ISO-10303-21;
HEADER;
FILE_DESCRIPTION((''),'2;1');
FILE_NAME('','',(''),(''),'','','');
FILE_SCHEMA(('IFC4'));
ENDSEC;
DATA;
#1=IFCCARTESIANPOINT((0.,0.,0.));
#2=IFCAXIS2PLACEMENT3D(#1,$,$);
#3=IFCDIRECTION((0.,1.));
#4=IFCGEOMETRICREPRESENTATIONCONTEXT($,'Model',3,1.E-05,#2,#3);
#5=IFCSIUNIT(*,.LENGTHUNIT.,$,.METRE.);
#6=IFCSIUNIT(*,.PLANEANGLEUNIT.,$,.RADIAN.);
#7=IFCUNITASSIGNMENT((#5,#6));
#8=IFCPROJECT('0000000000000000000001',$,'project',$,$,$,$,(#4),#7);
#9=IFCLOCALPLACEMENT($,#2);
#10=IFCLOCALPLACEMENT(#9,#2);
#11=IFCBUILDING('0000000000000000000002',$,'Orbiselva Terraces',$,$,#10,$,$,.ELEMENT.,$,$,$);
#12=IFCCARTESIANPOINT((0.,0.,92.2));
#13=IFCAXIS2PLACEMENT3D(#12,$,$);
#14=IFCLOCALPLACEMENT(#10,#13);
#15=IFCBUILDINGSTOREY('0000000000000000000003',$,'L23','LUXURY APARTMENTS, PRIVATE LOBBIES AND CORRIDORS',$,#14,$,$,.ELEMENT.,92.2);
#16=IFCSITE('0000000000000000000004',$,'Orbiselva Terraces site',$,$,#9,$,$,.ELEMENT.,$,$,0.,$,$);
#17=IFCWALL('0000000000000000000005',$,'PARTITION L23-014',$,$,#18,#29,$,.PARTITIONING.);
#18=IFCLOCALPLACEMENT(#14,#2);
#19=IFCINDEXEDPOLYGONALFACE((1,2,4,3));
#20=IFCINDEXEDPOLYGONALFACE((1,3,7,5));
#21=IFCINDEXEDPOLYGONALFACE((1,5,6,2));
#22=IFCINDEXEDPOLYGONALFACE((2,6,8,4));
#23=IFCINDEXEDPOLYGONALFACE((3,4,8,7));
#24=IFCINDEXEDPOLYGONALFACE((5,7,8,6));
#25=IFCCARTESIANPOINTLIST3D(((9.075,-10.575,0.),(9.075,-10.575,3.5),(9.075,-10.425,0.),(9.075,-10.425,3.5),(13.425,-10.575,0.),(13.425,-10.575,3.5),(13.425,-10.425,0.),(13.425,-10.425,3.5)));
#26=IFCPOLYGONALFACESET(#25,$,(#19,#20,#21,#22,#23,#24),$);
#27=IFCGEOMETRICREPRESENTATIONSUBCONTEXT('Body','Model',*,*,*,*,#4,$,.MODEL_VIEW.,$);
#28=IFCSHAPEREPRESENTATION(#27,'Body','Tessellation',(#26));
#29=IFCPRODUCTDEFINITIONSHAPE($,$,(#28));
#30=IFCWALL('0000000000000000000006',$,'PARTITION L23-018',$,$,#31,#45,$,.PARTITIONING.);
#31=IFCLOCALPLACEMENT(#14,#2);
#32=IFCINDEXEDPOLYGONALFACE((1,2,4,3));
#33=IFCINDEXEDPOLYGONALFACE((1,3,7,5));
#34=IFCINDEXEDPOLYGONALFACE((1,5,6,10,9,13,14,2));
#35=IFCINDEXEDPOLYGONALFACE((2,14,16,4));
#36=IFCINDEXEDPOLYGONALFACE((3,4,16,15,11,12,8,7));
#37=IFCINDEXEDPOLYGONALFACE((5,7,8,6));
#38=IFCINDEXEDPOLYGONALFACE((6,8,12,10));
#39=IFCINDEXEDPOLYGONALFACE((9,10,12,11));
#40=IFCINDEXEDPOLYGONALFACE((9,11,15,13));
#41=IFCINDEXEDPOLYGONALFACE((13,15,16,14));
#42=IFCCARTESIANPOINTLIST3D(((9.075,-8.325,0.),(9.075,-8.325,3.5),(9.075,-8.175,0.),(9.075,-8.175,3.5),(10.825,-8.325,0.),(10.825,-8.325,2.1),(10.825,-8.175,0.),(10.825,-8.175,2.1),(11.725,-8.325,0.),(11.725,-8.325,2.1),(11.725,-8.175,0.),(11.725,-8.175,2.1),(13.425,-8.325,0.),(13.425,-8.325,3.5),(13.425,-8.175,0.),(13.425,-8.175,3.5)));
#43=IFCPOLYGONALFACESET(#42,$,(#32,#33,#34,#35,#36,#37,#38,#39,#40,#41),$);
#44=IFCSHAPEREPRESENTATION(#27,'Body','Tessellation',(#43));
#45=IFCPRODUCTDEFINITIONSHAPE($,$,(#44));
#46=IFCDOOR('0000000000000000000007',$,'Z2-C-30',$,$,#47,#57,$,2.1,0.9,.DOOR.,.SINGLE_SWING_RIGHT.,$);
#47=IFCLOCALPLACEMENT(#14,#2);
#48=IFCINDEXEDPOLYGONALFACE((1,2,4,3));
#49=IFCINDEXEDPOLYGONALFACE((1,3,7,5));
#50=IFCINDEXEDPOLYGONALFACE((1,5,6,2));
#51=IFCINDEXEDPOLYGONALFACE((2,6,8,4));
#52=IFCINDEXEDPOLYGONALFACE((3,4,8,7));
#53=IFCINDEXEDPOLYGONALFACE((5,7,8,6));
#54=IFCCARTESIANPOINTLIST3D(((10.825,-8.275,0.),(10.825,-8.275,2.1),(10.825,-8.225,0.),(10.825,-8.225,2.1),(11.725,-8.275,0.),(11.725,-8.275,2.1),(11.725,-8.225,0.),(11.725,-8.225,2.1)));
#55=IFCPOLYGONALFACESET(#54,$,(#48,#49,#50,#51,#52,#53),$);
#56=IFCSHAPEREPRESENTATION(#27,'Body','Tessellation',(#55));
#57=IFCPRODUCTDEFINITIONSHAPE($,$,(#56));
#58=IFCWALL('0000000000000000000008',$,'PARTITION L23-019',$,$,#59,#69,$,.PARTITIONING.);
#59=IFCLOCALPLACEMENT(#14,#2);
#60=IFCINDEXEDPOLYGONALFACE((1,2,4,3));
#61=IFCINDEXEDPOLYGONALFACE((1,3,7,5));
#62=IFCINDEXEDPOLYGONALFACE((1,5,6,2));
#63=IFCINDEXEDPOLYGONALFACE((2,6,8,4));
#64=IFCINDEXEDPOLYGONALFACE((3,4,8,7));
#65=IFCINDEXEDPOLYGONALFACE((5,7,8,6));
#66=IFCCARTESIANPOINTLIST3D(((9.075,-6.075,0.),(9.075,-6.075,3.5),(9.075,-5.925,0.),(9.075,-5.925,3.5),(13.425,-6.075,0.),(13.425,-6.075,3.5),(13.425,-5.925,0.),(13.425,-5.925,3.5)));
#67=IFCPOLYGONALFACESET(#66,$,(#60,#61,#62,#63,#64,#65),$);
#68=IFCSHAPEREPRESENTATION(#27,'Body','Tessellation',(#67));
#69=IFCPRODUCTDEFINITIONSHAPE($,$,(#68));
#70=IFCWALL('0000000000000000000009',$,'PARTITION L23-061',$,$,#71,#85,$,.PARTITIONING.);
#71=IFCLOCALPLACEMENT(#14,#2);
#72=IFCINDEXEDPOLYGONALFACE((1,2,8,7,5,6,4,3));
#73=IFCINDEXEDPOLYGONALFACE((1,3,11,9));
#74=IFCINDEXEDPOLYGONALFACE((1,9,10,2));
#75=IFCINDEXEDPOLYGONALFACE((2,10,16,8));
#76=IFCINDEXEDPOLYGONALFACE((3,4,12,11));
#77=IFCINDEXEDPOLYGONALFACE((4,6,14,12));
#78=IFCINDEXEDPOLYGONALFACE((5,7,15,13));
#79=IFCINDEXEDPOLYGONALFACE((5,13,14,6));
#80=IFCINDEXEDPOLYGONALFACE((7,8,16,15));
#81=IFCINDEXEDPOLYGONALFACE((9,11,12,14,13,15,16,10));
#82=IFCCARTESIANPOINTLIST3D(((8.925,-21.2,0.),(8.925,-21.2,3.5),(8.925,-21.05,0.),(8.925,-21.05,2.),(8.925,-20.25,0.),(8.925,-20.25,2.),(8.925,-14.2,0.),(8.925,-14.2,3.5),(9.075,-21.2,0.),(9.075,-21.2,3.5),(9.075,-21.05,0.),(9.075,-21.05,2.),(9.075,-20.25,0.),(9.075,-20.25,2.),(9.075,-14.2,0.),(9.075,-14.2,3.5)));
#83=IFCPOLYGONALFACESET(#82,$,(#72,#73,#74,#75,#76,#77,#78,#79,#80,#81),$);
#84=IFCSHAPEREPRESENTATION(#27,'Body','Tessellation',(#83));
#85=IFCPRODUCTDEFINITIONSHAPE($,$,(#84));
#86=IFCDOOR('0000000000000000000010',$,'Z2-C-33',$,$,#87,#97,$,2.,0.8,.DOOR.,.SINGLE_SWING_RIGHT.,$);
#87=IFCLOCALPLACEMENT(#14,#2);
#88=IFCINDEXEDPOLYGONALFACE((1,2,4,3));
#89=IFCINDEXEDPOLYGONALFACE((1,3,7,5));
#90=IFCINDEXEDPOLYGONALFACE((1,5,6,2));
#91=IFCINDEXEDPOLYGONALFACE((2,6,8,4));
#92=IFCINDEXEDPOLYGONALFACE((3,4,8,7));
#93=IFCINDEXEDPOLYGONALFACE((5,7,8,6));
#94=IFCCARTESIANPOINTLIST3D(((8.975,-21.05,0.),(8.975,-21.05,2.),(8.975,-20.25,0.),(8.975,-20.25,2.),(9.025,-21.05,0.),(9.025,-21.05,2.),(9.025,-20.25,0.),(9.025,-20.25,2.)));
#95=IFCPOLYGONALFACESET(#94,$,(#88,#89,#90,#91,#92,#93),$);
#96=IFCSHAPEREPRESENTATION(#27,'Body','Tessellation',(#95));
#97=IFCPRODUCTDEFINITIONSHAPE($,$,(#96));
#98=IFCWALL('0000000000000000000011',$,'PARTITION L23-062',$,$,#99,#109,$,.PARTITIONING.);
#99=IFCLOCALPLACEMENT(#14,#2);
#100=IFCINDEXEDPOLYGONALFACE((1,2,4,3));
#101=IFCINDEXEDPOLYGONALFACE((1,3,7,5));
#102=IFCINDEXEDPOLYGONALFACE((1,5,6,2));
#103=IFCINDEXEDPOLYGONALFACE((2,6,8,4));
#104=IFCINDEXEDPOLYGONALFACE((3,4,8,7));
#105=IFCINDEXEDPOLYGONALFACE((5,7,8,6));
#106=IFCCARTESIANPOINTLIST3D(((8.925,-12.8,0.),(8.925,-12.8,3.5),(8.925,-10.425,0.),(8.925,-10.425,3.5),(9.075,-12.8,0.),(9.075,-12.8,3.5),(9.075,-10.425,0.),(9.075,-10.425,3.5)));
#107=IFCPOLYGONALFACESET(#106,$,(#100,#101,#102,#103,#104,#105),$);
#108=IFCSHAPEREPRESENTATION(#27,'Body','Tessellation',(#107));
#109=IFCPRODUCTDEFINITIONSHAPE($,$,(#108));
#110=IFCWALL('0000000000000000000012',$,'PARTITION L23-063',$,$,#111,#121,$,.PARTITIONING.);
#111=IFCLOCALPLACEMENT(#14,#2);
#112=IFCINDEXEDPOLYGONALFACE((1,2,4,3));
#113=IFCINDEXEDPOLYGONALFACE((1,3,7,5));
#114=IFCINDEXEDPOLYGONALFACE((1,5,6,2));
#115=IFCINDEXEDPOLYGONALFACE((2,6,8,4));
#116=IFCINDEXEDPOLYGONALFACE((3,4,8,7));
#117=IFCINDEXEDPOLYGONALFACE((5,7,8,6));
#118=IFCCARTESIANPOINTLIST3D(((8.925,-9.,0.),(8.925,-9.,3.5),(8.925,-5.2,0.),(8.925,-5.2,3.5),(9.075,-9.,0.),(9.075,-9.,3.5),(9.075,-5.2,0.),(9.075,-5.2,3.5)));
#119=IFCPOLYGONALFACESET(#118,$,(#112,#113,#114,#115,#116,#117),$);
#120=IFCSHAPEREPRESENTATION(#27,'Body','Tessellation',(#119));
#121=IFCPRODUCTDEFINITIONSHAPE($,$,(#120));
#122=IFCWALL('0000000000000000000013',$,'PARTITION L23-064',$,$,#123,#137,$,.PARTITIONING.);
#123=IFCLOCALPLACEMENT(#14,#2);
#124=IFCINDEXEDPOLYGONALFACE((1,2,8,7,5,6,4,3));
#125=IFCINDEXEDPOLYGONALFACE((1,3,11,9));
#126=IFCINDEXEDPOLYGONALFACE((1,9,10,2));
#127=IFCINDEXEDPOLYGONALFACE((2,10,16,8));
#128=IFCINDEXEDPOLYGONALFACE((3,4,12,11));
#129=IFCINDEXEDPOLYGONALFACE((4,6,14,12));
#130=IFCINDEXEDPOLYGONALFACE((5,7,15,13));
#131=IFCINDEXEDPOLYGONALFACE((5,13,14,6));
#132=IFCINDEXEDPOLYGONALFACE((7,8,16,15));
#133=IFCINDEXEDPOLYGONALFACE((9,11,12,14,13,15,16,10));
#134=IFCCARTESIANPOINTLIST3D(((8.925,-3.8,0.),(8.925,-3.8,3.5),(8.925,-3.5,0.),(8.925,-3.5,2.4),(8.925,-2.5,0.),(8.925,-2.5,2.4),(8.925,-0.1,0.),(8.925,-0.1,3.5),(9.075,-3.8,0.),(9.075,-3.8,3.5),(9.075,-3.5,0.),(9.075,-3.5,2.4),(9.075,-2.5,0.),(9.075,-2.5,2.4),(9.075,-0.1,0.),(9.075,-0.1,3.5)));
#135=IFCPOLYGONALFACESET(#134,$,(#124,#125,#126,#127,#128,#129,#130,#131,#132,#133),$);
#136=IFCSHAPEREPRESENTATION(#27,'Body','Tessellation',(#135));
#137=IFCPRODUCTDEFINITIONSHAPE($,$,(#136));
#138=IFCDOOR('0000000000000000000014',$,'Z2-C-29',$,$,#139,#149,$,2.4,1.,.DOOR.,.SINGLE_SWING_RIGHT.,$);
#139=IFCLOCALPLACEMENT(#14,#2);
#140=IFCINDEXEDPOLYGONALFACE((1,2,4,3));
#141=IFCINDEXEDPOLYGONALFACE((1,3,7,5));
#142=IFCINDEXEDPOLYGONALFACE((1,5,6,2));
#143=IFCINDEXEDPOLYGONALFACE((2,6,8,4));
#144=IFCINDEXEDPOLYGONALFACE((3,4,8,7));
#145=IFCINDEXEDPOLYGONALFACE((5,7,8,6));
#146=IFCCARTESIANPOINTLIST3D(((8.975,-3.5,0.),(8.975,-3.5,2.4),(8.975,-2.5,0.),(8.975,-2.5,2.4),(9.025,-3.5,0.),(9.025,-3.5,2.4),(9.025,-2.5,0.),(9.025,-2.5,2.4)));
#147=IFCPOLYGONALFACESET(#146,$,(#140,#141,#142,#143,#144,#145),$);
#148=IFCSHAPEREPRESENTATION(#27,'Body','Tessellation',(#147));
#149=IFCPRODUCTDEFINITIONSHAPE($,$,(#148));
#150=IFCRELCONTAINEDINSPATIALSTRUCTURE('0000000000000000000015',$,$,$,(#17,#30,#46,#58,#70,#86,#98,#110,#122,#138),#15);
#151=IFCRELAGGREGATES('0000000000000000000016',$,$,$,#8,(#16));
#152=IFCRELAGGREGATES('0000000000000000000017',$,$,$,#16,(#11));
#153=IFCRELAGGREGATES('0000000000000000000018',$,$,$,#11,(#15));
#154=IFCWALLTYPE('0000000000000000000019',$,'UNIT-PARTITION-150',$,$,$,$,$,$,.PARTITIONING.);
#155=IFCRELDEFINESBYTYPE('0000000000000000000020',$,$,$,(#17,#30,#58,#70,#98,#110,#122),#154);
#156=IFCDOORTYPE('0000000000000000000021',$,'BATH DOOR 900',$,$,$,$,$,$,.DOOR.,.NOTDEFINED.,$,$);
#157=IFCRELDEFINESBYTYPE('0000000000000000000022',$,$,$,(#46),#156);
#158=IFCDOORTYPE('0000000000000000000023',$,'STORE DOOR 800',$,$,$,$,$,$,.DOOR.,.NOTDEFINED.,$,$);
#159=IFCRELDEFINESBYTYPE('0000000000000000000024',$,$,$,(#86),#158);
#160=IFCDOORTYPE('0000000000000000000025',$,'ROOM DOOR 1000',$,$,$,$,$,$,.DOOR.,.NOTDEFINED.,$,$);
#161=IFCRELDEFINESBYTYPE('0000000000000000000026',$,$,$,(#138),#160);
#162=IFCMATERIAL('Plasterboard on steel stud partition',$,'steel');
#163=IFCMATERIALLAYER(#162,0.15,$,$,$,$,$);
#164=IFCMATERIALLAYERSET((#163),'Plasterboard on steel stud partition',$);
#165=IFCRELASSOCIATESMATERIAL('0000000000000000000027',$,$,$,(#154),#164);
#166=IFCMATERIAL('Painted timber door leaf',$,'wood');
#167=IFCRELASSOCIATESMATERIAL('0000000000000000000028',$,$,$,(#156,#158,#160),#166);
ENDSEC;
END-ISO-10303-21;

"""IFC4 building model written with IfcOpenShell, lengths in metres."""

from ifc_helpers import new_model, si_unit, direction, frame, frame_2d, origin, place, context, subcontext, project, spatial, rectangle, extrude, material, layer, layer_set, type_object, element, fill, save


model = new_model("IFC4")

# Units and contexts
model_context = context("Model", 3, precision=1e-05, world=origin(), true_north=direction((0.0, 1.0)))
body_context = subcontext(model_context, "Body", "Model", "MODEL_VIEW")
ifc_project = project(units=[si_unit("LENGTHUNIT", "METRE"), si_unit("PLANEANGLEUNIT", "RADIAN")], contexts=[model_context])

# Site, building, storey
site_placement = place(None, origin())
site = spatial("IfcSite", under=ifc_project, at=site_placement, Name="Orbiselva Terraces site", CompositionType="ELEMENT", RefElevation=0.0)
building_placement = place(site_placement, origin())
building = spatial("IfcBuilding", under=site, at=building_placement, Name="Orbiselva Terraces", CompositionType="ELEMENT")
storey_placement = place(building_placement, frame((0.0, 0.0, 92.2)))
storey = spatial("IfcBuildingStorey", under=building, at=storey_placement, Name="L23", Description="LUXURY APARTMENTS, PRIVATE LOBBIES AND CORRIDORS", CompositionType="ELEMENT", Elevation=92.2)

# Shared definitions
ifc_material_1 = material(Name="Plasterboard on steel stud partition", Category="steel")
ifc_layer_1 = layer(ifc_material_1, 0.15)
ifc_layer_set_1 = layer_set([ifc_layer_1], Name="Plasterboard on steel stud partition")
wall_type_1 = type_object("IfcWallType", Name="UNIT-PARTITION-150", PredefinedType="PARTITIONING", material=ifc_layer_set_1)

# Shared definitions
ifc_material_2 = material(Name="Painted timber door leaf", Category="wood")
door_type_1 = type_object("IfcDoorType", Name="BATH DOOR 900", OperationType="NOTDEFINED", PredefinedType="DOOR", material=ifc_material_2)

# Wall
wall_1_placement = place(storey_placement, frame((9.075, -10.5, 0.0), z_axis=(0.0, 0.0, 1.0), x_axis=(1.0, 0.0, 0.0)))
element("IfcWall", 1, at=wall_1_placement, inside=storey, type_object=wall_type_1, Name="PARTITION L23-014", PredefinedType="PARTITIONING", context=body_context, shape_type="SweptSolid", body=[
    extrude(rectangle(XDim=4.35, YDim=0.15, at=frame_2d((2.175, 0.0))), origin(), (0.0, 0.0, 1.0), 3.5),
])

# Wall, opening, door
wall_2_placement = place(storey_placement, frame((9.075, -8.25, 0.0), z_axis=(0.0, 0.0, 1.0), x_axis=(1.0, 0.0, 0.0)))
wall_2 = element("IfcWall", 2, at=wall_2_placement, inside=storey, type_object=wall_type_1, Name="PARTITION L23-018", PredefinedType="PARTITIONING", context=body_context, shape_type="SweptSolid", body=[
    extrude(rectangle(XDim=4.35, YDim=0.15, at=frame_2d((2.175, 0.0))), origin(), (0.0, 0.0, 1.0), 3.5),
])
opening_1_placement = place(wall_2_placement, frame((1.75, 0.0, 0.0)))
opening_1 = element("IfcOpeningElement", 3, at=opening_1_placement, cuts=wall_2, PredefinedType="OPENING", context=body_context, shape_type="SweptSolid", body=[
    extrude(rectangle(XDim=0.9, YDim=2.1, at=frame_2d((0.45, 1.05))), frame((0.0, 0.085, 0.0), z_axis=(0.0, -1.0, 0.0), x_axis=(1.0, 0.0, 0.0)), (0.0, 0.0, 1.0), 0.17),
])
door_1_placement = place(opening_1_placement, origin())
door_1 = element("IfcDoor", 4, at=door_1_placement, inside=storey, type_object=door_type_1, Name="Z2-C-30", OperationType="SINGLE_SWING_RIGHT", OverallHeight=2.1, OverallWidth=0.9, PredefinedType="DOOR", context=body_context, shape_type="SweptSolid", body=[
    extrude(rectangle(XDim=0.9, YDim=2.1, at=frame_2d((0.45, 1.05))), frame((0.0, 0.025, 0.0), z_axis=(0.0, -1.0, 0.0), x_axis=(1.0, 0.0, 0.0)), (0.0, 0.0, 1.0), 0.05),
])
fill(opening_1, door_1)

# Wall
wall_3_placement = place(storey_placement, frame((9.075, -6.0, 0.0), z_axis=(0.0, 0.0, 1.0), x_axis=(1.0, 0.0, 0.0)))
element("IfcWall", 5, at=wall_3_placement, inside=storey, type_object=wall_type_1, Name="PARTITION L23-019", PredefinedType="PARTITIONING", context=body_context, shape_type="SweptSolid", body=[
    extrude(rectangle(XDim=4.35, YDim=0.15, at=frame_2d((2.175, 0.0))), origin(), (0.0, 0.0, 1.0), 3.5),
])

# Wall, opening, door
wall_4_placement = place(storey_placement, frame((9.0, -14.2, 0.0), z_axis=(0.0, 0.0, 1.0), x_axis=(0.0, -1.0, 0.0)))
wall_4 = element("IfcWall", 6, at=wall_4_placement, inside=storey, type_object=wall_type_1, Name="PARTITION L23-061", PredefinedType="PARTITIONING", context=body_context, shape_type="SweptSolid", body=[
    extrude(rectangle(XDim=7.0, YDim=0.15, at=frame_2d((3.5, 0.0))), origin(), (0.0, 0.0, 1.0), 3.5),
])
opening_2_placement = place(wall_4_placement, frame((6.05, 0.0, 0.0)))
opening_2 = element("IfcOpeningElement", 7, at=opening_2_placement, cuts=wall_4, PredefinedType="OPENING", context=body_context, shape_type="SweptSolid", body=[
    extrude(rectangle(XDim=0.8, YDim=2.0, at=frame_2d((0.4, 1.0))), frame((0.0, 0.085, 0.0), z_axis=(0.0, -1.0, 0.0), x_axis=(1.0, 0.0, 0.0)), (0.0, 0.0, 1.0), 0.17),
])
door_type_2 = type_object("IfcDoorType", Name="STORE DOOR 800", OperationType="NOTDEFINED", PredefinedType="DOOR", material=ifc_material_2)
door_2_placement = place(opening_2_placement, origin())
door_2 = element("IfcDoor", 8, at=door_2_placement, inside=storey, type_object=door_type_2, Name="Z2-C-33", OperationType="SINGLE_SWING_RIGHT", OverallHeight=2.0, OverallWidth=0.8, PredefinedType="DOOR", context=body_context, shape_type="SweptSolid", body=[
    extrude(rectangle(XDim=0.8, YDim=2.0, at=frame_2d((0.4, 1.0))), frame((0.0, 0.025, 0.0), z_axis=(0.0, -1.0, 0.0), x_axis=(1.0, 0.0, 0.0)), (0.0, 0.0, 1.0), 0.05),
])
fill(opening_2, door_2)

# Walls
wall_5_placement = place(storey_placement, frame((9.0, -12.8, 0.0), z_axis=(0.0, 0.0, 1.0), x_axis=(0.0, 1.0, 0.0)))
element("IfcWall", 9, at=wall_5_placement, inside=storey, type_object=wall_type_1, Name="PARTITION L23-062", PredefinedType="PARTITIONING", context=body_context, shape_type="SweptSolid", body=[
    extrude(rectangle(XDim=2.375, YDim=0.15, at=frame_2d((1.1875, 0.0))), origin(), (0.0, 0.0, 1.0), 3.5),
])
wall_6_placement = place(storey_placement, frame((9.0, -9.0, 0.0), z_axis=(0.0, 0.0, 1.0), x_axis=(0.0, 1.0, 0.0)))
element("IfcWall", 10, at=wall_6_placement, inside=storey, type_object=wall_type_1, Name="PARTITION L23-063", PredefinedType="PARTITIONING", context=body_context, shape_type="SweptSolid", body=[
    extrude(rectangle(XDim=3.8, YDim=0.15, at=frame_2d((1.9, 0.0))), origin(), (0.0, 0.0, 1.0), 3.5),
])

# Wall, opening, door
wall_7_placement = place(storey_placement, frame((9.0, -0.1, 0.0), z_axis=(0.0, 0.0, 1.0), x_axis=(0.0, -1.0, 0.0)))
wall_7 = element("IfcWall", 11, at=wall_7_placement, inside=storey, type_object=wall_type_1, Name="PARTITION L23-064", PredefinedType="PARTITIONING", context=body_context, shape_type="SweptSolid", body=[
    extrude(rectangle(XDim=3.7, YDim=0.15, at=frame_2d((1.85, 0.0))), origin(), (0.0, 0.0, 1.0), 3.5),
])
opening_3_placement = place(wall_7_placement, frame((2.4, 0.0, 0.0)))
opening_3 = element("IfcOpeningElement", 12, at=opening_3_placement, cuts=wall_7, PredefinedType="OPENING", context=body_context, shape_type="SweptSolid", body=[
    extrude(rectangle(XDim=1.0, YDim=2.4, at=frame_2d((0.5, 1.2))), frame((0.0, 0.085, 0.0), z_axis=(0.0, -1.0, 0.0), x_axis=(1.0, 0.0, 0.0)), (0.0, 0.0, 1.0), 0.17),
])
door_type_3 = type_object("IfcDoorType", Name="ROOM DOOR 1000", OperationType="NOTDEFINED", PredefinedType="DOOR", material=ifc_material_2)
door_3_placement = place(opening_3_placement, origin())
door_3 = element("IfcDoor", 13, at=door_3_placement, inside=storey, type_object=door_type_3, Name="Z2-C-29", OperationType="SINGLE_SWING_RIGHT", OverallHeight=2.4, OverallWidth=1.0, PredefinedType="DOOR", context=body_context, shape_type="SweptSolid", body=[
    extrude(rectangle(XDim=1.0, YDim=2.4, at=frame_2d((0.5, 1.2))), frame((0.0, 0.025, 0.0), z_axis=(0.0, -1.0, 0.0), x_axis=(1.0, 0.0, 0.0)), (0.0, 0.0, 1.0), 0.05),
])
fill(opening_3, door_3)

save(model, "model.ifc")
